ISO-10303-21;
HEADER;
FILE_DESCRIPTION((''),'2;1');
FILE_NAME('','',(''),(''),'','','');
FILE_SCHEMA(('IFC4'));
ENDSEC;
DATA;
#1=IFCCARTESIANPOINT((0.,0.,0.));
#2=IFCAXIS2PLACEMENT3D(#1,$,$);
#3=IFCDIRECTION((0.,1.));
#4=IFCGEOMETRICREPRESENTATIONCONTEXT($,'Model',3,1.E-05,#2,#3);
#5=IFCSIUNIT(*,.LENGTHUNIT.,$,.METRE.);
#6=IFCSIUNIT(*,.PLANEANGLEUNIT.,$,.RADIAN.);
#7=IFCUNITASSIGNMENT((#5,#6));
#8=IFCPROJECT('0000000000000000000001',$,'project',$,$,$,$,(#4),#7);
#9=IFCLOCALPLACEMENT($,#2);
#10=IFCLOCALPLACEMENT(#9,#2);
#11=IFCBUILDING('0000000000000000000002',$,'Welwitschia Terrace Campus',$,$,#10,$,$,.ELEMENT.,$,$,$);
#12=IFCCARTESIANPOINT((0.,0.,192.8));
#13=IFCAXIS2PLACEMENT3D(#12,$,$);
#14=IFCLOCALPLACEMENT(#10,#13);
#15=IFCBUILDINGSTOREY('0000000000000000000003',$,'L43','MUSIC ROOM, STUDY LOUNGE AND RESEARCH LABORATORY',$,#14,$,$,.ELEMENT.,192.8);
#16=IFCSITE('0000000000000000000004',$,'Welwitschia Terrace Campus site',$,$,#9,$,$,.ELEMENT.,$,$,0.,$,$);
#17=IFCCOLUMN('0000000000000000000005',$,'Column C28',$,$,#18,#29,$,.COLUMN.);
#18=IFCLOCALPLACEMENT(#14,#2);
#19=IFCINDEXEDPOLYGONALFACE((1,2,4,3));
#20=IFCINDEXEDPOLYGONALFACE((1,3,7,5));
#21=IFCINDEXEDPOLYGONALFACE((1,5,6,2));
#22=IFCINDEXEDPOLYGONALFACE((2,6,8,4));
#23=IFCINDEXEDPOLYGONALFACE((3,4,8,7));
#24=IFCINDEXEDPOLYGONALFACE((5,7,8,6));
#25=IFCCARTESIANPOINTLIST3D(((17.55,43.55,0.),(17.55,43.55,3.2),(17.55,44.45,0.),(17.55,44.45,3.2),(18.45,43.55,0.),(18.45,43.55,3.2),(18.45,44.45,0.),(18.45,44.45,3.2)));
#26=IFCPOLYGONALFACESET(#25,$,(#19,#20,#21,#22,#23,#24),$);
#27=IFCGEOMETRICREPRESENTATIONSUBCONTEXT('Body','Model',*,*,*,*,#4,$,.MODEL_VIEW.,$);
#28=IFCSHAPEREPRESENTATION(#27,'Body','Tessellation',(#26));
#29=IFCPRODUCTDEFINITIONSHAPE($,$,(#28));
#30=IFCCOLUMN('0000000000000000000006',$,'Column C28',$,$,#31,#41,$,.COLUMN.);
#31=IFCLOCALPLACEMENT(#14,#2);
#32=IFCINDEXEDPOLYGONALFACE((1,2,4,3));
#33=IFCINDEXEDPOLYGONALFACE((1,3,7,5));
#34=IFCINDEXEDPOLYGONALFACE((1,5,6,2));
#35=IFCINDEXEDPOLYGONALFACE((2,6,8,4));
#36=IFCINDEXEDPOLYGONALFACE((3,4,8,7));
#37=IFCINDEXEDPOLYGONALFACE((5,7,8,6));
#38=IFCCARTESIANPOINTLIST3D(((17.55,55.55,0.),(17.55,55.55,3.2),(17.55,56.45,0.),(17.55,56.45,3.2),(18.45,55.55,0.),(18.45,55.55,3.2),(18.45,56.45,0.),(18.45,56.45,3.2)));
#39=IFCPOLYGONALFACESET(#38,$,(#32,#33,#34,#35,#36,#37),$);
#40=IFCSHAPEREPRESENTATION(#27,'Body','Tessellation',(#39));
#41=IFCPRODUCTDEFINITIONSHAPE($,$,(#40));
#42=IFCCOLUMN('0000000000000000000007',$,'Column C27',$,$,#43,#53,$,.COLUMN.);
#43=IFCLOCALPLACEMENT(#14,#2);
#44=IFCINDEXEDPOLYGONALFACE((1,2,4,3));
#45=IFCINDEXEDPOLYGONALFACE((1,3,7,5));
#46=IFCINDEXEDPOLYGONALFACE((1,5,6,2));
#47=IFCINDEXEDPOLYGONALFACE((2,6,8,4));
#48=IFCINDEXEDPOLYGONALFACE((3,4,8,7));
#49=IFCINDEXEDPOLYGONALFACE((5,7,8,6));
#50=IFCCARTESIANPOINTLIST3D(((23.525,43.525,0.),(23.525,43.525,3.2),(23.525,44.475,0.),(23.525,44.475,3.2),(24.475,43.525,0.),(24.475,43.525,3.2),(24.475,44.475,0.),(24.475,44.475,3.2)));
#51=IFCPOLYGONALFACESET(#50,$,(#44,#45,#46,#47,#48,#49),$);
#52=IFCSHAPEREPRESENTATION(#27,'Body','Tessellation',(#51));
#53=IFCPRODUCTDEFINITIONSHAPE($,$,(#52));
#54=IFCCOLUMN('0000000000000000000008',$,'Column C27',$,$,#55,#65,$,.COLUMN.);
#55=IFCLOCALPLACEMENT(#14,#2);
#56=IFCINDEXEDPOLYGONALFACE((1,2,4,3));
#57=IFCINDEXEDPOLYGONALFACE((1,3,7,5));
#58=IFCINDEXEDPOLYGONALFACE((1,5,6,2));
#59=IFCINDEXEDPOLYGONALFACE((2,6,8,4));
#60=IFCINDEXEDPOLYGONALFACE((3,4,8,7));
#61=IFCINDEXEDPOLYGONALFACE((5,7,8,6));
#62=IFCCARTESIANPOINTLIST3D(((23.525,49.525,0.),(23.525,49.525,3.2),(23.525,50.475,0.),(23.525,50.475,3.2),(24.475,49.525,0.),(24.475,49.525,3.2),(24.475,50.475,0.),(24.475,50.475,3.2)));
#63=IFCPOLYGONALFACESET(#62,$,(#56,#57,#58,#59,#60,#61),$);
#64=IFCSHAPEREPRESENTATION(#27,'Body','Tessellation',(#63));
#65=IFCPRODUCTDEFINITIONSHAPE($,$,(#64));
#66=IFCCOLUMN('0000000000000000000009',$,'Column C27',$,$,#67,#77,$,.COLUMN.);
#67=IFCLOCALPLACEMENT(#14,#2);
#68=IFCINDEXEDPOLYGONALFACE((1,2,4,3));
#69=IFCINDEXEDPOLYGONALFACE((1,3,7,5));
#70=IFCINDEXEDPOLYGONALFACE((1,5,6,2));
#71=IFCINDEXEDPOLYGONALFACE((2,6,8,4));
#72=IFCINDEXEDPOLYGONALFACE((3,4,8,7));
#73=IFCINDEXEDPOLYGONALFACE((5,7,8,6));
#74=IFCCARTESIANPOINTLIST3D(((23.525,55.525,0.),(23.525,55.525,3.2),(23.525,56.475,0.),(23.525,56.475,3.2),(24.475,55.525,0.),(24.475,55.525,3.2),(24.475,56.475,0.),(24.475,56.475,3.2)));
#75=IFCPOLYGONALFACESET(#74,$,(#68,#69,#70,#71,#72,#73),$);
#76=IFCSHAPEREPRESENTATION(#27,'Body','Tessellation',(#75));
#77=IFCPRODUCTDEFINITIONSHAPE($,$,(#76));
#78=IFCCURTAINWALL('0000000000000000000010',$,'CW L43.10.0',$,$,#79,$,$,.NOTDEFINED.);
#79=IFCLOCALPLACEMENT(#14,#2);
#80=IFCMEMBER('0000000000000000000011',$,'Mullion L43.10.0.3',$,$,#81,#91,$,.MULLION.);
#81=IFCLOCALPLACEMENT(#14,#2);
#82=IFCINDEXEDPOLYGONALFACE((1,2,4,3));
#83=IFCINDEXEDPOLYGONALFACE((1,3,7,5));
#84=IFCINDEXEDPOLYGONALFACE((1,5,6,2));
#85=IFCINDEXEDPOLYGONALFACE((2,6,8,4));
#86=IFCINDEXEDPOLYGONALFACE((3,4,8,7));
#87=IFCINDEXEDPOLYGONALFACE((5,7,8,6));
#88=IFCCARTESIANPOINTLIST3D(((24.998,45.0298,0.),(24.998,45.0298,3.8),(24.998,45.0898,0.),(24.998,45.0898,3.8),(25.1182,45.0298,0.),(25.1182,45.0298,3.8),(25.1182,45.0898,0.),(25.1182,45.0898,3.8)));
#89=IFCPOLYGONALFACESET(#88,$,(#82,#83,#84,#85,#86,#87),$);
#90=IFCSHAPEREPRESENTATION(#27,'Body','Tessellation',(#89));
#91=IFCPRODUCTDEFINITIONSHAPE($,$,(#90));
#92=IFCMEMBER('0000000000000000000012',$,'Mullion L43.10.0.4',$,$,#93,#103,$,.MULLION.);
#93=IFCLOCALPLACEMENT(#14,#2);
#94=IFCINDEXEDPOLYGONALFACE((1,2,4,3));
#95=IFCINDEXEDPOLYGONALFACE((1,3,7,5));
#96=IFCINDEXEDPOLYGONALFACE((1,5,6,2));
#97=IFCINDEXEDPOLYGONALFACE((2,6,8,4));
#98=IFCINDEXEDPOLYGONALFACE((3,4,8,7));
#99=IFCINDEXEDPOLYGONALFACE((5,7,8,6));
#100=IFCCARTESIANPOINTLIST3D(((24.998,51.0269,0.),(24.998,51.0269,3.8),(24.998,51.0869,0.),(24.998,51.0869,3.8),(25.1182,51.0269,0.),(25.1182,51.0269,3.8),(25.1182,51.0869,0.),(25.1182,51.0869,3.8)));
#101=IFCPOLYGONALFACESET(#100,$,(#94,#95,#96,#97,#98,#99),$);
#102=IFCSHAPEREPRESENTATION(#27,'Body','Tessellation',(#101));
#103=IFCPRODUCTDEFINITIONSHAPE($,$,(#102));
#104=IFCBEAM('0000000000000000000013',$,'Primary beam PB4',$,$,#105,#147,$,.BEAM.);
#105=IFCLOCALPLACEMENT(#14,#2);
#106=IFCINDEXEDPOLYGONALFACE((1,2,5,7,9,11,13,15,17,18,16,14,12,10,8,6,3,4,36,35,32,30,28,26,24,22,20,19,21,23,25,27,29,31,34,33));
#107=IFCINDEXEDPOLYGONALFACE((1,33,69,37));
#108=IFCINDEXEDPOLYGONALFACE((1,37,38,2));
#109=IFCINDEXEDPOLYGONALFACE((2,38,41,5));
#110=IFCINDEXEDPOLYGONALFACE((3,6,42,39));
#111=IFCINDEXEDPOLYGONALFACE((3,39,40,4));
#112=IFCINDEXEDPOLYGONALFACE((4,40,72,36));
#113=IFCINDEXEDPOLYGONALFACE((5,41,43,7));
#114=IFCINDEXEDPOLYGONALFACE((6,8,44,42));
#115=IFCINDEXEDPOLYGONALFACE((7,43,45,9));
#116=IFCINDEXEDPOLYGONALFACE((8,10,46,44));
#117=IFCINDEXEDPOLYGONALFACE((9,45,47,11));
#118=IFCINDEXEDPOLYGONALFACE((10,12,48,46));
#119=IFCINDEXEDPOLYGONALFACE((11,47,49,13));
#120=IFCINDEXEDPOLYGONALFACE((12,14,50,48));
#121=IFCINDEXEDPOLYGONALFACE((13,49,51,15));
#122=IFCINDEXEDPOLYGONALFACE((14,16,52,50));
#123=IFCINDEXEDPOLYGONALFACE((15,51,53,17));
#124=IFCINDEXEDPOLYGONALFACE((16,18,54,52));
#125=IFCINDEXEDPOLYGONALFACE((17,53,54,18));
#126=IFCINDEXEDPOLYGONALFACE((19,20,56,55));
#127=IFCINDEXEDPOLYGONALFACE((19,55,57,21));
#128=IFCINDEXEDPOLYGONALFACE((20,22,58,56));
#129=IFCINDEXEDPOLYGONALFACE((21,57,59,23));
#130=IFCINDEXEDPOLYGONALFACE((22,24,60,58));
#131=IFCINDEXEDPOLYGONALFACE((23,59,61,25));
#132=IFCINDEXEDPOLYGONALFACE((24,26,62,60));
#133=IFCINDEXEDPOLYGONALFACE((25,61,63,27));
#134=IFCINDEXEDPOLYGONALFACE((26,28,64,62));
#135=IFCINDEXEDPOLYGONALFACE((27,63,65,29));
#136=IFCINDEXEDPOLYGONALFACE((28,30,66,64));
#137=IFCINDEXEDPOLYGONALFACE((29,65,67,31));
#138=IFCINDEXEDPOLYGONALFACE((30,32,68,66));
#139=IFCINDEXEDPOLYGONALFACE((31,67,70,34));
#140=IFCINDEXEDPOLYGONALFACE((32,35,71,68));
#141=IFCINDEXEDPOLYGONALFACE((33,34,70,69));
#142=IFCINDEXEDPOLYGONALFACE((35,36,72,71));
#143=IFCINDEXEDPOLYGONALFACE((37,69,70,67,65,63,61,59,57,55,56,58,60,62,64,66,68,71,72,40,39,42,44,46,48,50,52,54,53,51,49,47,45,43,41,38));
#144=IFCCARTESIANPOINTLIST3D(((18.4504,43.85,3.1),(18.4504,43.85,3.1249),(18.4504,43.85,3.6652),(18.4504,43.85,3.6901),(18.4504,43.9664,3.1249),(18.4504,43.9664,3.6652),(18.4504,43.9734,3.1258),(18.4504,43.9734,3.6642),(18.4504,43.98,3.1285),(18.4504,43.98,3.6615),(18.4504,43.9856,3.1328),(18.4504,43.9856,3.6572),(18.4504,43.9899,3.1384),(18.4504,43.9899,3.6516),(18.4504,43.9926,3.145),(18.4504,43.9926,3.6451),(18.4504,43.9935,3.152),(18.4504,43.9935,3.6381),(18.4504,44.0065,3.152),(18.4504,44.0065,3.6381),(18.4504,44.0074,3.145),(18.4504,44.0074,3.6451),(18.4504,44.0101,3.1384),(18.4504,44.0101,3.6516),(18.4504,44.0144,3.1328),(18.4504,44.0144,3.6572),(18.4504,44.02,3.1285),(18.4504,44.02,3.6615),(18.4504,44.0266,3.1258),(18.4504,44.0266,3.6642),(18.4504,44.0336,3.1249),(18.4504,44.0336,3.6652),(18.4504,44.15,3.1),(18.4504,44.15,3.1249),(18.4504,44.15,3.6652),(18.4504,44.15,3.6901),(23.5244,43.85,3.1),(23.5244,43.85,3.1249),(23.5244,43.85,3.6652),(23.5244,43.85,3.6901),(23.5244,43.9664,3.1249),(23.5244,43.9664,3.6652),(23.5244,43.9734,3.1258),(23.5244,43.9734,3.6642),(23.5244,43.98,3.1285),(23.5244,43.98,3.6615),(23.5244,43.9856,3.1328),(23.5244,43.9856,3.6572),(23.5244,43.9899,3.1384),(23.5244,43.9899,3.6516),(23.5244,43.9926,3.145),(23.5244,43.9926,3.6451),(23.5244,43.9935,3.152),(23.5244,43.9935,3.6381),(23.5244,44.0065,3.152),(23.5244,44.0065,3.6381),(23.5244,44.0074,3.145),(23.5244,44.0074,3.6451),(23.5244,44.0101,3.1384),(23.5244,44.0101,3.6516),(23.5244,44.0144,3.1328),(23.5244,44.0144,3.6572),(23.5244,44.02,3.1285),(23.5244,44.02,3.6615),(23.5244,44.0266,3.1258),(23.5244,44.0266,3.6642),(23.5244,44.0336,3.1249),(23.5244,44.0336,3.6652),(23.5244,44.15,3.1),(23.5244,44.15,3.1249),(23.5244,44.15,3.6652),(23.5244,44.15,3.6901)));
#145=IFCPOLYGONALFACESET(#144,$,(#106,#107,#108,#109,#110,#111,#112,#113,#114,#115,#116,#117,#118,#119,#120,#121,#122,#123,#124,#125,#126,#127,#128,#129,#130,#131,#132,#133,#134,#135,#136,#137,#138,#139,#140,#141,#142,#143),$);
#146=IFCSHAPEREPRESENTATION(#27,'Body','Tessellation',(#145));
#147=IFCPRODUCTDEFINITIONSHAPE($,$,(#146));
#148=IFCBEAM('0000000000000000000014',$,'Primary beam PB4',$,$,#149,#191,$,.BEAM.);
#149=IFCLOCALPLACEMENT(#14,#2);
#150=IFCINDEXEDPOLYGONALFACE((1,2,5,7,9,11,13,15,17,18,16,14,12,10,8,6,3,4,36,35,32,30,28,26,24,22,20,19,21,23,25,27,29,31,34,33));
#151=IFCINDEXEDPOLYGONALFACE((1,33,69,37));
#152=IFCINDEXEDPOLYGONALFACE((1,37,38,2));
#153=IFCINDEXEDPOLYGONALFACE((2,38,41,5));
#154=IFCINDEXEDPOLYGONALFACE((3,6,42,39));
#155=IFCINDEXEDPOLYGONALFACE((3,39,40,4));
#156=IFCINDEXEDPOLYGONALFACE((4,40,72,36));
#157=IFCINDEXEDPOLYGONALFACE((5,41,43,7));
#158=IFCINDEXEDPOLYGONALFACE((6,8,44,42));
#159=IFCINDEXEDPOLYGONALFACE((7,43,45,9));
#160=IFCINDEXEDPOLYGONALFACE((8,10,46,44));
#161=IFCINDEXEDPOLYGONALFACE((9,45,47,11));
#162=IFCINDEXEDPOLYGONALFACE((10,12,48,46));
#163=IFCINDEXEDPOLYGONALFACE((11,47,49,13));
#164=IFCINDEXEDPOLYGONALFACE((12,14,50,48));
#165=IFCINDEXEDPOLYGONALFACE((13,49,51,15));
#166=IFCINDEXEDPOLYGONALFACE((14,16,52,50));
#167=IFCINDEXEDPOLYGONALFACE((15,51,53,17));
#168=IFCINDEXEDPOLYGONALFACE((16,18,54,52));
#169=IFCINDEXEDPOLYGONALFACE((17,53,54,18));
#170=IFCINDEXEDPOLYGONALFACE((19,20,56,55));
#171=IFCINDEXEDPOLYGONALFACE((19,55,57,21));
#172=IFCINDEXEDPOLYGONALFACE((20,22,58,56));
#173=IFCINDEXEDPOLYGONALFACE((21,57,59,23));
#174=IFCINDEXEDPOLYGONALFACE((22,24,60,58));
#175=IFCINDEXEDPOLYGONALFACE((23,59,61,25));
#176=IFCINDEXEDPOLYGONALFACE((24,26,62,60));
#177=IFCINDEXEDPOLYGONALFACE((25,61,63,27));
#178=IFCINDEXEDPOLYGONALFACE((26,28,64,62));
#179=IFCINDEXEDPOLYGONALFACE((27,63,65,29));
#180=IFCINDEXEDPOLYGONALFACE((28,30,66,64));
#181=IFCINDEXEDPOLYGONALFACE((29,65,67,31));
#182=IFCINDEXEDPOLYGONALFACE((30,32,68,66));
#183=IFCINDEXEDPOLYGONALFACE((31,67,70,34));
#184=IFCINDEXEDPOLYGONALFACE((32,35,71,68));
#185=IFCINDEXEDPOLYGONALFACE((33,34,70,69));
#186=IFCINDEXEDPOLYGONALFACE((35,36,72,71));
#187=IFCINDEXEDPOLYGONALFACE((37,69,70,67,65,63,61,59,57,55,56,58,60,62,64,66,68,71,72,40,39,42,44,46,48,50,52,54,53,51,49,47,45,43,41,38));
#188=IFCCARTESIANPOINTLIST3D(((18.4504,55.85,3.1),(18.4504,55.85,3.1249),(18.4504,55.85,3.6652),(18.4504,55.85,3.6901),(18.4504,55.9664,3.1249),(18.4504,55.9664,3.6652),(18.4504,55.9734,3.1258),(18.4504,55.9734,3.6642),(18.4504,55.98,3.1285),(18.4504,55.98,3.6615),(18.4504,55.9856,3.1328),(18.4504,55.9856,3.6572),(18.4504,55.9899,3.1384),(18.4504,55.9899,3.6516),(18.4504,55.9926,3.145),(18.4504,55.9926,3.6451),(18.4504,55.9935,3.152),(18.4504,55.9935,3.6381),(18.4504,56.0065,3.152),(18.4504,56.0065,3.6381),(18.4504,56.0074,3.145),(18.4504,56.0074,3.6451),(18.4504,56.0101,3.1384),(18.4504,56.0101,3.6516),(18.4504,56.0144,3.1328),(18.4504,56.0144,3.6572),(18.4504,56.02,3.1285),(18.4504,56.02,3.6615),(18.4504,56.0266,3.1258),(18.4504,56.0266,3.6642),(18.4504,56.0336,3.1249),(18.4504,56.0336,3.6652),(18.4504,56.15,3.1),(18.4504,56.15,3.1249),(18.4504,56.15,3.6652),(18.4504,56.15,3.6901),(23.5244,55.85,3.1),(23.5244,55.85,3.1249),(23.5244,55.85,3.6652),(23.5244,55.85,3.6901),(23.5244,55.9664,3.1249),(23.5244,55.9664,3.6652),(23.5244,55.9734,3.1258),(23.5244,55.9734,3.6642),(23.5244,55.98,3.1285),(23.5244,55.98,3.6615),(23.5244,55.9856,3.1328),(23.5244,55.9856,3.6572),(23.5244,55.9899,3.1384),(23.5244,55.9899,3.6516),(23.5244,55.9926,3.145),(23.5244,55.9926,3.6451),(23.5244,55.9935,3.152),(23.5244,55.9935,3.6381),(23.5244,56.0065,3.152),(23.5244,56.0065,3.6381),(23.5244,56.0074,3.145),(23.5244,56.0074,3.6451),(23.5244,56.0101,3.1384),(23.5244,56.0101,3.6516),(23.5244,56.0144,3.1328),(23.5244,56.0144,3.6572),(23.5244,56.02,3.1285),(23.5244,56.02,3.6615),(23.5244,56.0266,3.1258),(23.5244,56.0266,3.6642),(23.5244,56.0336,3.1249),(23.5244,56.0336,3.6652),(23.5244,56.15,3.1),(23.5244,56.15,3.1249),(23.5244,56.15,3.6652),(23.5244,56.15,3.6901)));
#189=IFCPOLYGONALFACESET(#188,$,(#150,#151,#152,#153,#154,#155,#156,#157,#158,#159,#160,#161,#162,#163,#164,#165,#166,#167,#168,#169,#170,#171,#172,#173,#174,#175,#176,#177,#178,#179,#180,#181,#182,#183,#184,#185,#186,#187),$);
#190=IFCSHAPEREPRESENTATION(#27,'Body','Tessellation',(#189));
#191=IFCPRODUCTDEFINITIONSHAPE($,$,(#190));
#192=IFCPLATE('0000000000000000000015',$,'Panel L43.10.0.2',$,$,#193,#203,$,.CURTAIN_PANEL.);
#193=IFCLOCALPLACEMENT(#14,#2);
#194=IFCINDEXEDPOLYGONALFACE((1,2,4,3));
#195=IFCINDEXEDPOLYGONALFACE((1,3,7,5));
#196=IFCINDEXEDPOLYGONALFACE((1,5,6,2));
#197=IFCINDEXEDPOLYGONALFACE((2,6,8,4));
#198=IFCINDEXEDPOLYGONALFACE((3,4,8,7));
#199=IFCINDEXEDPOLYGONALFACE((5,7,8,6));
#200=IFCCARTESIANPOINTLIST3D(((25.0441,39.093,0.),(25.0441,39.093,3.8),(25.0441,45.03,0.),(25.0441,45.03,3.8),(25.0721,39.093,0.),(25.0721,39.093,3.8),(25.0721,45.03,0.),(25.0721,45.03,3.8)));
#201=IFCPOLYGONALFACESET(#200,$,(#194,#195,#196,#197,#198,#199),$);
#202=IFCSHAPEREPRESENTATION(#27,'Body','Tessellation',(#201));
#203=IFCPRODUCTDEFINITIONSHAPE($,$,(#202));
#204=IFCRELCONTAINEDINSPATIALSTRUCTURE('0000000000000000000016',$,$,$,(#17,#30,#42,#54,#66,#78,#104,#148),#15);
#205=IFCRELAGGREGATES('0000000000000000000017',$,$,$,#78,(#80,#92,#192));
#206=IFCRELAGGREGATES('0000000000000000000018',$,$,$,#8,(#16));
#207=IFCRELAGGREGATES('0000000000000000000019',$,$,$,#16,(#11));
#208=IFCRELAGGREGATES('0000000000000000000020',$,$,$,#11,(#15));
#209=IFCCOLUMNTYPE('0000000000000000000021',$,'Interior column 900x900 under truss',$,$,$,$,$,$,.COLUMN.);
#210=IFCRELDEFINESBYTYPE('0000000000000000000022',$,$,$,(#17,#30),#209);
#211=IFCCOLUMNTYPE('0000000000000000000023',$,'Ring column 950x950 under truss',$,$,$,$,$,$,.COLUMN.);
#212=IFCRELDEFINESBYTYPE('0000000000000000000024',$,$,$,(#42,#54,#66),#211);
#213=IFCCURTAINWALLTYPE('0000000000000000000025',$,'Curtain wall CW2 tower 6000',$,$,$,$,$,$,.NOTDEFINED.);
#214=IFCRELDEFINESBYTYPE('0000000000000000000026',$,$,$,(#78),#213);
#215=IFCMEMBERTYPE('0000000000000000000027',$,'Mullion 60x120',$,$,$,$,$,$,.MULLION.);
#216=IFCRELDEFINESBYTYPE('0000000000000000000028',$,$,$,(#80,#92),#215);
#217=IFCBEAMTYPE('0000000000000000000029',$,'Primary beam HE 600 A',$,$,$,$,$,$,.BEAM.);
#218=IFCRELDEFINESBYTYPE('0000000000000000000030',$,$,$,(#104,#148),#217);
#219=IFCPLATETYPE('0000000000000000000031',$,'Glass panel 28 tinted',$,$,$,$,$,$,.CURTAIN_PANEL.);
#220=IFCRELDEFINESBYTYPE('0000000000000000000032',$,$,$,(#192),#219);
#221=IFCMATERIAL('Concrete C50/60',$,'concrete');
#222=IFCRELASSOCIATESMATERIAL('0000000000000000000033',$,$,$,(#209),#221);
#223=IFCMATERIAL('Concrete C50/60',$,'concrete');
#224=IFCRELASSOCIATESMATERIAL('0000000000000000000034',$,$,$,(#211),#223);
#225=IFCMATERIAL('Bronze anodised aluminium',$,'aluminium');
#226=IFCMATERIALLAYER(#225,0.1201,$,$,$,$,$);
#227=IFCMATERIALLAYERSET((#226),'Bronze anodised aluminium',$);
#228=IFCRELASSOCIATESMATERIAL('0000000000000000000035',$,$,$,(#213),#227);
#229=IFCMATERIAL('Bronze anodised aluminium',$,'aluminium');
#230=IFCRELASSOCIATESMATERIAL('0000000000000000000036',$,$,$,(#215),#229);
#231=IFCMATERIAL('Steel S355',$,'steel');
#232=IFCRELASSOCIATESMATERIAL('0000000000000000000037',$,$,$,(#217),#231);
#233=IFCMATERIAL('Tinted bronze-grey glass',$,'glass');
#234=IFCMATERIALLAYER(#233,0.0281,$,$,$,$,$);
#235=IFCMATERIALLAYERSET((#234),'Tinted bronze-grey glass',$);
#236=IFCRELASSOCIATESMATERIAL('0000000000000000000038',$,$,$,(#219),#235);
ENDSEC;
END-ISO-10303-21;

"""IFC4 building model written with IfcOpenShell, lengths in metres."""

from ifc_helpers import new_model, si_unit, direction, frame, origin, origin_2d, place, context, subcontext, project, spatial, rectangle, i_section, extrude, material, layer, layer_set, material_profile, profile_set, type_object, element, aggregate, save


model = new_model("IFC4")

# Units and contexts
model_context = context("Model", 3, precision=1e-05, world=origin(), true_north=direction((0.0, 1.0)))
body_context = subcontext(model_context, "Body", "Model", "MODEL_VIEW")
ifc_project = project(units=[si_unit("LENGTHUNIT", "METRE"), si_unit("PLANEANGLEUNIT", "RADIAN")], contexts=[model_context])

# Site, building, storey
site_placement = place(None, origin())
site = spatial("IfcSite", under=ifc_project, at=site_placement, Name="Welwitschia Terrace Campus site", CompositionType="ELEMENT", RefElevation=0.0)
building_placement = place(site_placement, origin())
building = spatial("IfcBuilding", under=site, at=building_placement, Name="Welwitschia Terrace Campus", CompositionType="ELEMENT")
storey_placement = place(building_placement, frame((0.0, 0.0, 192.8)))
storey = spatial("IfcBuildingStorey", under=building, at=storey_placement, Name="L43", Description="MUSIC ROOM, STUDY LOUNGE AND RESEARCH LABORATORY", CompositionType="ELEMENT", Elevation=192.8)

# Columns
ifc_material_1 = material(Name="Concrete C50/60", Category="concrete")
ifc_material_profile_1 = material_profile(ifc_material_1, rectangle(XDim=0.8999, YDim=0.8999, at=origin_2d()))
ifc_profile_set_1 = profile_set([ifc_material_profile_1], Name="Concrete C50/60")
column_type_1 = type_object("IfcColumnType", Name="Interior column 900x900 under truss", PredefinedType="COLUMN", material=ifc_profile_set_1)
for number, where, z_axis, x_axis, name in (
    (1, (18.0, 44.0, 0.0), (0.0, 0.0, 1.0), (1.0, 0.0, 0.0), "Column C28"),
    (2, (18.0, 56.0, 0.0), (0.0, 0.0, 1.0), (1.0, 0.0, 0.0), "Column C28"),
):
    element("IfcColumn", number, at=place(storey_placement, frame(where, z_axis=z_axis, x_axis=x_axis)), inside=storey, type_object=column_type_1, Name=name, PredefinedType="COLUMN", context=body_context, shape_type="SweptSolid", body=[
        extrude(rectangle(XDim=0.8999, YDim=0.8999, at=origin_2d()), origin(), (0.0, 0.0, 1.0), 3.2),
    ])
ifc_material_2 = material(Name="Concrete C50/60", Category="concrete")
ifc_material_profile_2 = material_profile(ifc_material_2, rectangle(XDim=0.95, YDim=0.95, at=origin_2d()))
ifc_profile_set_2 = profile_set([ifc_material_profile_2], Name="Concrete C50/60")
column_type_2 = type_object("IfcColumnType", Name="Ring column 950x950 under truss", PredefinedType="COLUMN", material=ifc_profile_set_2)
for number, where, z_axis, x_axis, name in (
    (3, (24.0, 44.0, 0.0), (0.0, 0.0, 1.0), (1.0, 0.0, 0.0), "Column C27"),
    (4, (24.0, 50.0, 0.0), (0.0, 0.0, 1.0), (1.0, 0.0, 0.0), "Column C27"),
    (5, (24.0, 56.0, 0.0), (0.0, 0.0, 1.0), (1.0, 0.0, 0.0), "Column C27"),
):
    element("IfcColumn", number, at=place(storey_placement, frame(where, z_axis=z_axis, x_axis=x_axis)), inside=storey, type_object=column_type_2, Name=name, PredefinedType="COLUMN", context=body_context, shape_type="SweptSolid", body=[
        extrude(rectangle(XDim=0.95, YDim=0.95, at=origin_2d()), origin(), (0.0, 0.0, 1.0), 3.2),
    ])

# Curtain wall, members
ifc_material_3 = material(Name="Bronze anodised aluminium", Category="aluminium")
ifc_layer_1 = layer(ifc_material_3, 0.1201)
ifc_layer_set_1 = layer_set([ifc_layer_1], Name="Bronze anodised aluminium")
curtain_wall_type = type_object("IfcCurtainWallType", Name="Curtain wall CW2 tower 6000", PredefinedType="NOTDEFINED", material=ifc_layer_set_1)
curtain_wall_placement = place(storey_placement, origin())
curtain_wall = element("IfcCurtainWall", 6, at=curtain_wall_placement, inside=storey, type_object=curtain_wall_type, Name="CW L43.10.0", PredefinedType="NOTDEFINED")
ifc_material_4 = material(Name="Bronze anodised aluminium", Category="aluminium")
ifc_material_profile_3 = material_profile(ifc_material_4, rectangle(XDim=0.1201, YDim=0.0601, at=origin_2d()))
ifc_profile_set_3 = profile_set([ifc_material_profile_3], Name="Bronze anodised aluminium")
member_type = type_object("IfcMemberType", Name="Mullion 60x120", PredefinedType="MULLION", material=ifc_profile_set_3)
member_1_placement = place(storey_placement, frame((25.0581, 45.0598, 0.0), z_axis=(0.0, 0.0, 1.0), x_axis=(-1.0, 0.0, 0.0)))
member_1 = element("IfcMember", 7, at=member_1_placement, type_object=member_type, Name="Mullion L43.10.0.3", PredefinedType="MULLION", context=body_context, shape_type="SweptSolid", body=[
    extrude(rectangle(XDim=0.1201, YDim=0.0601, at=origin_2d()), origin(), (0.0, 0.0, 1.0), 3.8),
])
member_2_placement = place(storey_placement, frame((25.0581, 51.0569, 0.0), z_axis=(0.0, 0.0, 1.0), x_axis=(-1.0, 0.0, 0.0)))
member_2 = element("IfcMember", 8, at=member_2_placement, type_object=member_type, Name="Mullion L43.10.0.4", PredefinedType="MULLION", context=body_context, shape_type="SweptSolid", body=[
    extrude(rectangle(XDim=0.1201, YDim=0.0601, at=origin_2d()), origin(), (0.0, 0.0, 1.0), 3.8),
])

# Beams
ifc_material_5 = material(Name="Steel S355", Category="steel")
ifc_material_profile_4 = material_profile(ifc_material_5, i_section(OverallWidth=0.3, OverallDepth=0.5901, WebThickness=0.0129, FlangeThickness=0.0249, FilletRadius=0.0271, at=origin_2d()))
ifc_profile_set_4 = profile_set([ifc_material_profile_4], Name="Steel S355")
beam_type = type_object("IfcBeamType", Name="Primary beam HE 600 A", PredefinedType="BEAM", material=ifc_profile_set_4)
for number, where, z_axis, x_axis, name in (
    (9, (23.5244, 44.0, 3.395), (-1.0, 0.0, 0.0), (0.0, -1.0, 0.0), "Primary beam PB4"),
    (10, (23.5244, 56.0, 3.395), (-1.0, 0.0, 0.0), (0.0, -1.0, 0.0), "Primary beam PB4"),
):
    element("IfcBeam", number, at=place(storey_placement, frame(where, z_axis=z_axis, x_axis=x_axis)), inside=storey, type_object=beam_type, Name=name, PredefinedType="BEAM", context=body_context, shape_type="SweptSolid", body=[
        extrude(i_section(OverallWidth=0.3, OverallDepth=0.5901, WebThickness=0.0129, FlangeThickness=0.0249, FilletRadius=0.0271, at=origin_2d()), origin(), (0.0, 0.0, 1.0), 5.074),
    ])

# Plate
ifc_material_6 = material(Name="Tinted bronze-grey glass", Category="glass")
ifc_layer_2 = layer(ifc_material_6, 0.0281)
ifc_layer_set_2 = layer_set([ifc_layer_2], Name="Tinted bronze-grey glass")
plate_type = type_object("IfcPlateType", Name="Glass panel 28 tinted", PredefinedType="CURTAIN_PANEL", material=ifc_layer_set_2)
plate_1_placement = place(storey_placement, frame((25.0581, 42.0615, 0.0), z_axis=(0.0, 0.0, 1.0), x_axis=(0.0, 1.0, 0.0)))
plate_1 = element("IfcPlate", 11, at=plate_1_placement, type_object=plate_type, Name="Panel L43.10.0.2", PredefinedType="CURTAIN_PANEL", context=body_context, shape_type="SweptSolid", body=[
    extrude(rectangle(XDim=5.937, YDim=0.0281, at=origin_2d()), origin(), (0.0, 0.0, 1.0), 3.8),
])
aggregate(curtain_wall, [member_1, member_2, plate_1])

save(model, "model.ifc")
